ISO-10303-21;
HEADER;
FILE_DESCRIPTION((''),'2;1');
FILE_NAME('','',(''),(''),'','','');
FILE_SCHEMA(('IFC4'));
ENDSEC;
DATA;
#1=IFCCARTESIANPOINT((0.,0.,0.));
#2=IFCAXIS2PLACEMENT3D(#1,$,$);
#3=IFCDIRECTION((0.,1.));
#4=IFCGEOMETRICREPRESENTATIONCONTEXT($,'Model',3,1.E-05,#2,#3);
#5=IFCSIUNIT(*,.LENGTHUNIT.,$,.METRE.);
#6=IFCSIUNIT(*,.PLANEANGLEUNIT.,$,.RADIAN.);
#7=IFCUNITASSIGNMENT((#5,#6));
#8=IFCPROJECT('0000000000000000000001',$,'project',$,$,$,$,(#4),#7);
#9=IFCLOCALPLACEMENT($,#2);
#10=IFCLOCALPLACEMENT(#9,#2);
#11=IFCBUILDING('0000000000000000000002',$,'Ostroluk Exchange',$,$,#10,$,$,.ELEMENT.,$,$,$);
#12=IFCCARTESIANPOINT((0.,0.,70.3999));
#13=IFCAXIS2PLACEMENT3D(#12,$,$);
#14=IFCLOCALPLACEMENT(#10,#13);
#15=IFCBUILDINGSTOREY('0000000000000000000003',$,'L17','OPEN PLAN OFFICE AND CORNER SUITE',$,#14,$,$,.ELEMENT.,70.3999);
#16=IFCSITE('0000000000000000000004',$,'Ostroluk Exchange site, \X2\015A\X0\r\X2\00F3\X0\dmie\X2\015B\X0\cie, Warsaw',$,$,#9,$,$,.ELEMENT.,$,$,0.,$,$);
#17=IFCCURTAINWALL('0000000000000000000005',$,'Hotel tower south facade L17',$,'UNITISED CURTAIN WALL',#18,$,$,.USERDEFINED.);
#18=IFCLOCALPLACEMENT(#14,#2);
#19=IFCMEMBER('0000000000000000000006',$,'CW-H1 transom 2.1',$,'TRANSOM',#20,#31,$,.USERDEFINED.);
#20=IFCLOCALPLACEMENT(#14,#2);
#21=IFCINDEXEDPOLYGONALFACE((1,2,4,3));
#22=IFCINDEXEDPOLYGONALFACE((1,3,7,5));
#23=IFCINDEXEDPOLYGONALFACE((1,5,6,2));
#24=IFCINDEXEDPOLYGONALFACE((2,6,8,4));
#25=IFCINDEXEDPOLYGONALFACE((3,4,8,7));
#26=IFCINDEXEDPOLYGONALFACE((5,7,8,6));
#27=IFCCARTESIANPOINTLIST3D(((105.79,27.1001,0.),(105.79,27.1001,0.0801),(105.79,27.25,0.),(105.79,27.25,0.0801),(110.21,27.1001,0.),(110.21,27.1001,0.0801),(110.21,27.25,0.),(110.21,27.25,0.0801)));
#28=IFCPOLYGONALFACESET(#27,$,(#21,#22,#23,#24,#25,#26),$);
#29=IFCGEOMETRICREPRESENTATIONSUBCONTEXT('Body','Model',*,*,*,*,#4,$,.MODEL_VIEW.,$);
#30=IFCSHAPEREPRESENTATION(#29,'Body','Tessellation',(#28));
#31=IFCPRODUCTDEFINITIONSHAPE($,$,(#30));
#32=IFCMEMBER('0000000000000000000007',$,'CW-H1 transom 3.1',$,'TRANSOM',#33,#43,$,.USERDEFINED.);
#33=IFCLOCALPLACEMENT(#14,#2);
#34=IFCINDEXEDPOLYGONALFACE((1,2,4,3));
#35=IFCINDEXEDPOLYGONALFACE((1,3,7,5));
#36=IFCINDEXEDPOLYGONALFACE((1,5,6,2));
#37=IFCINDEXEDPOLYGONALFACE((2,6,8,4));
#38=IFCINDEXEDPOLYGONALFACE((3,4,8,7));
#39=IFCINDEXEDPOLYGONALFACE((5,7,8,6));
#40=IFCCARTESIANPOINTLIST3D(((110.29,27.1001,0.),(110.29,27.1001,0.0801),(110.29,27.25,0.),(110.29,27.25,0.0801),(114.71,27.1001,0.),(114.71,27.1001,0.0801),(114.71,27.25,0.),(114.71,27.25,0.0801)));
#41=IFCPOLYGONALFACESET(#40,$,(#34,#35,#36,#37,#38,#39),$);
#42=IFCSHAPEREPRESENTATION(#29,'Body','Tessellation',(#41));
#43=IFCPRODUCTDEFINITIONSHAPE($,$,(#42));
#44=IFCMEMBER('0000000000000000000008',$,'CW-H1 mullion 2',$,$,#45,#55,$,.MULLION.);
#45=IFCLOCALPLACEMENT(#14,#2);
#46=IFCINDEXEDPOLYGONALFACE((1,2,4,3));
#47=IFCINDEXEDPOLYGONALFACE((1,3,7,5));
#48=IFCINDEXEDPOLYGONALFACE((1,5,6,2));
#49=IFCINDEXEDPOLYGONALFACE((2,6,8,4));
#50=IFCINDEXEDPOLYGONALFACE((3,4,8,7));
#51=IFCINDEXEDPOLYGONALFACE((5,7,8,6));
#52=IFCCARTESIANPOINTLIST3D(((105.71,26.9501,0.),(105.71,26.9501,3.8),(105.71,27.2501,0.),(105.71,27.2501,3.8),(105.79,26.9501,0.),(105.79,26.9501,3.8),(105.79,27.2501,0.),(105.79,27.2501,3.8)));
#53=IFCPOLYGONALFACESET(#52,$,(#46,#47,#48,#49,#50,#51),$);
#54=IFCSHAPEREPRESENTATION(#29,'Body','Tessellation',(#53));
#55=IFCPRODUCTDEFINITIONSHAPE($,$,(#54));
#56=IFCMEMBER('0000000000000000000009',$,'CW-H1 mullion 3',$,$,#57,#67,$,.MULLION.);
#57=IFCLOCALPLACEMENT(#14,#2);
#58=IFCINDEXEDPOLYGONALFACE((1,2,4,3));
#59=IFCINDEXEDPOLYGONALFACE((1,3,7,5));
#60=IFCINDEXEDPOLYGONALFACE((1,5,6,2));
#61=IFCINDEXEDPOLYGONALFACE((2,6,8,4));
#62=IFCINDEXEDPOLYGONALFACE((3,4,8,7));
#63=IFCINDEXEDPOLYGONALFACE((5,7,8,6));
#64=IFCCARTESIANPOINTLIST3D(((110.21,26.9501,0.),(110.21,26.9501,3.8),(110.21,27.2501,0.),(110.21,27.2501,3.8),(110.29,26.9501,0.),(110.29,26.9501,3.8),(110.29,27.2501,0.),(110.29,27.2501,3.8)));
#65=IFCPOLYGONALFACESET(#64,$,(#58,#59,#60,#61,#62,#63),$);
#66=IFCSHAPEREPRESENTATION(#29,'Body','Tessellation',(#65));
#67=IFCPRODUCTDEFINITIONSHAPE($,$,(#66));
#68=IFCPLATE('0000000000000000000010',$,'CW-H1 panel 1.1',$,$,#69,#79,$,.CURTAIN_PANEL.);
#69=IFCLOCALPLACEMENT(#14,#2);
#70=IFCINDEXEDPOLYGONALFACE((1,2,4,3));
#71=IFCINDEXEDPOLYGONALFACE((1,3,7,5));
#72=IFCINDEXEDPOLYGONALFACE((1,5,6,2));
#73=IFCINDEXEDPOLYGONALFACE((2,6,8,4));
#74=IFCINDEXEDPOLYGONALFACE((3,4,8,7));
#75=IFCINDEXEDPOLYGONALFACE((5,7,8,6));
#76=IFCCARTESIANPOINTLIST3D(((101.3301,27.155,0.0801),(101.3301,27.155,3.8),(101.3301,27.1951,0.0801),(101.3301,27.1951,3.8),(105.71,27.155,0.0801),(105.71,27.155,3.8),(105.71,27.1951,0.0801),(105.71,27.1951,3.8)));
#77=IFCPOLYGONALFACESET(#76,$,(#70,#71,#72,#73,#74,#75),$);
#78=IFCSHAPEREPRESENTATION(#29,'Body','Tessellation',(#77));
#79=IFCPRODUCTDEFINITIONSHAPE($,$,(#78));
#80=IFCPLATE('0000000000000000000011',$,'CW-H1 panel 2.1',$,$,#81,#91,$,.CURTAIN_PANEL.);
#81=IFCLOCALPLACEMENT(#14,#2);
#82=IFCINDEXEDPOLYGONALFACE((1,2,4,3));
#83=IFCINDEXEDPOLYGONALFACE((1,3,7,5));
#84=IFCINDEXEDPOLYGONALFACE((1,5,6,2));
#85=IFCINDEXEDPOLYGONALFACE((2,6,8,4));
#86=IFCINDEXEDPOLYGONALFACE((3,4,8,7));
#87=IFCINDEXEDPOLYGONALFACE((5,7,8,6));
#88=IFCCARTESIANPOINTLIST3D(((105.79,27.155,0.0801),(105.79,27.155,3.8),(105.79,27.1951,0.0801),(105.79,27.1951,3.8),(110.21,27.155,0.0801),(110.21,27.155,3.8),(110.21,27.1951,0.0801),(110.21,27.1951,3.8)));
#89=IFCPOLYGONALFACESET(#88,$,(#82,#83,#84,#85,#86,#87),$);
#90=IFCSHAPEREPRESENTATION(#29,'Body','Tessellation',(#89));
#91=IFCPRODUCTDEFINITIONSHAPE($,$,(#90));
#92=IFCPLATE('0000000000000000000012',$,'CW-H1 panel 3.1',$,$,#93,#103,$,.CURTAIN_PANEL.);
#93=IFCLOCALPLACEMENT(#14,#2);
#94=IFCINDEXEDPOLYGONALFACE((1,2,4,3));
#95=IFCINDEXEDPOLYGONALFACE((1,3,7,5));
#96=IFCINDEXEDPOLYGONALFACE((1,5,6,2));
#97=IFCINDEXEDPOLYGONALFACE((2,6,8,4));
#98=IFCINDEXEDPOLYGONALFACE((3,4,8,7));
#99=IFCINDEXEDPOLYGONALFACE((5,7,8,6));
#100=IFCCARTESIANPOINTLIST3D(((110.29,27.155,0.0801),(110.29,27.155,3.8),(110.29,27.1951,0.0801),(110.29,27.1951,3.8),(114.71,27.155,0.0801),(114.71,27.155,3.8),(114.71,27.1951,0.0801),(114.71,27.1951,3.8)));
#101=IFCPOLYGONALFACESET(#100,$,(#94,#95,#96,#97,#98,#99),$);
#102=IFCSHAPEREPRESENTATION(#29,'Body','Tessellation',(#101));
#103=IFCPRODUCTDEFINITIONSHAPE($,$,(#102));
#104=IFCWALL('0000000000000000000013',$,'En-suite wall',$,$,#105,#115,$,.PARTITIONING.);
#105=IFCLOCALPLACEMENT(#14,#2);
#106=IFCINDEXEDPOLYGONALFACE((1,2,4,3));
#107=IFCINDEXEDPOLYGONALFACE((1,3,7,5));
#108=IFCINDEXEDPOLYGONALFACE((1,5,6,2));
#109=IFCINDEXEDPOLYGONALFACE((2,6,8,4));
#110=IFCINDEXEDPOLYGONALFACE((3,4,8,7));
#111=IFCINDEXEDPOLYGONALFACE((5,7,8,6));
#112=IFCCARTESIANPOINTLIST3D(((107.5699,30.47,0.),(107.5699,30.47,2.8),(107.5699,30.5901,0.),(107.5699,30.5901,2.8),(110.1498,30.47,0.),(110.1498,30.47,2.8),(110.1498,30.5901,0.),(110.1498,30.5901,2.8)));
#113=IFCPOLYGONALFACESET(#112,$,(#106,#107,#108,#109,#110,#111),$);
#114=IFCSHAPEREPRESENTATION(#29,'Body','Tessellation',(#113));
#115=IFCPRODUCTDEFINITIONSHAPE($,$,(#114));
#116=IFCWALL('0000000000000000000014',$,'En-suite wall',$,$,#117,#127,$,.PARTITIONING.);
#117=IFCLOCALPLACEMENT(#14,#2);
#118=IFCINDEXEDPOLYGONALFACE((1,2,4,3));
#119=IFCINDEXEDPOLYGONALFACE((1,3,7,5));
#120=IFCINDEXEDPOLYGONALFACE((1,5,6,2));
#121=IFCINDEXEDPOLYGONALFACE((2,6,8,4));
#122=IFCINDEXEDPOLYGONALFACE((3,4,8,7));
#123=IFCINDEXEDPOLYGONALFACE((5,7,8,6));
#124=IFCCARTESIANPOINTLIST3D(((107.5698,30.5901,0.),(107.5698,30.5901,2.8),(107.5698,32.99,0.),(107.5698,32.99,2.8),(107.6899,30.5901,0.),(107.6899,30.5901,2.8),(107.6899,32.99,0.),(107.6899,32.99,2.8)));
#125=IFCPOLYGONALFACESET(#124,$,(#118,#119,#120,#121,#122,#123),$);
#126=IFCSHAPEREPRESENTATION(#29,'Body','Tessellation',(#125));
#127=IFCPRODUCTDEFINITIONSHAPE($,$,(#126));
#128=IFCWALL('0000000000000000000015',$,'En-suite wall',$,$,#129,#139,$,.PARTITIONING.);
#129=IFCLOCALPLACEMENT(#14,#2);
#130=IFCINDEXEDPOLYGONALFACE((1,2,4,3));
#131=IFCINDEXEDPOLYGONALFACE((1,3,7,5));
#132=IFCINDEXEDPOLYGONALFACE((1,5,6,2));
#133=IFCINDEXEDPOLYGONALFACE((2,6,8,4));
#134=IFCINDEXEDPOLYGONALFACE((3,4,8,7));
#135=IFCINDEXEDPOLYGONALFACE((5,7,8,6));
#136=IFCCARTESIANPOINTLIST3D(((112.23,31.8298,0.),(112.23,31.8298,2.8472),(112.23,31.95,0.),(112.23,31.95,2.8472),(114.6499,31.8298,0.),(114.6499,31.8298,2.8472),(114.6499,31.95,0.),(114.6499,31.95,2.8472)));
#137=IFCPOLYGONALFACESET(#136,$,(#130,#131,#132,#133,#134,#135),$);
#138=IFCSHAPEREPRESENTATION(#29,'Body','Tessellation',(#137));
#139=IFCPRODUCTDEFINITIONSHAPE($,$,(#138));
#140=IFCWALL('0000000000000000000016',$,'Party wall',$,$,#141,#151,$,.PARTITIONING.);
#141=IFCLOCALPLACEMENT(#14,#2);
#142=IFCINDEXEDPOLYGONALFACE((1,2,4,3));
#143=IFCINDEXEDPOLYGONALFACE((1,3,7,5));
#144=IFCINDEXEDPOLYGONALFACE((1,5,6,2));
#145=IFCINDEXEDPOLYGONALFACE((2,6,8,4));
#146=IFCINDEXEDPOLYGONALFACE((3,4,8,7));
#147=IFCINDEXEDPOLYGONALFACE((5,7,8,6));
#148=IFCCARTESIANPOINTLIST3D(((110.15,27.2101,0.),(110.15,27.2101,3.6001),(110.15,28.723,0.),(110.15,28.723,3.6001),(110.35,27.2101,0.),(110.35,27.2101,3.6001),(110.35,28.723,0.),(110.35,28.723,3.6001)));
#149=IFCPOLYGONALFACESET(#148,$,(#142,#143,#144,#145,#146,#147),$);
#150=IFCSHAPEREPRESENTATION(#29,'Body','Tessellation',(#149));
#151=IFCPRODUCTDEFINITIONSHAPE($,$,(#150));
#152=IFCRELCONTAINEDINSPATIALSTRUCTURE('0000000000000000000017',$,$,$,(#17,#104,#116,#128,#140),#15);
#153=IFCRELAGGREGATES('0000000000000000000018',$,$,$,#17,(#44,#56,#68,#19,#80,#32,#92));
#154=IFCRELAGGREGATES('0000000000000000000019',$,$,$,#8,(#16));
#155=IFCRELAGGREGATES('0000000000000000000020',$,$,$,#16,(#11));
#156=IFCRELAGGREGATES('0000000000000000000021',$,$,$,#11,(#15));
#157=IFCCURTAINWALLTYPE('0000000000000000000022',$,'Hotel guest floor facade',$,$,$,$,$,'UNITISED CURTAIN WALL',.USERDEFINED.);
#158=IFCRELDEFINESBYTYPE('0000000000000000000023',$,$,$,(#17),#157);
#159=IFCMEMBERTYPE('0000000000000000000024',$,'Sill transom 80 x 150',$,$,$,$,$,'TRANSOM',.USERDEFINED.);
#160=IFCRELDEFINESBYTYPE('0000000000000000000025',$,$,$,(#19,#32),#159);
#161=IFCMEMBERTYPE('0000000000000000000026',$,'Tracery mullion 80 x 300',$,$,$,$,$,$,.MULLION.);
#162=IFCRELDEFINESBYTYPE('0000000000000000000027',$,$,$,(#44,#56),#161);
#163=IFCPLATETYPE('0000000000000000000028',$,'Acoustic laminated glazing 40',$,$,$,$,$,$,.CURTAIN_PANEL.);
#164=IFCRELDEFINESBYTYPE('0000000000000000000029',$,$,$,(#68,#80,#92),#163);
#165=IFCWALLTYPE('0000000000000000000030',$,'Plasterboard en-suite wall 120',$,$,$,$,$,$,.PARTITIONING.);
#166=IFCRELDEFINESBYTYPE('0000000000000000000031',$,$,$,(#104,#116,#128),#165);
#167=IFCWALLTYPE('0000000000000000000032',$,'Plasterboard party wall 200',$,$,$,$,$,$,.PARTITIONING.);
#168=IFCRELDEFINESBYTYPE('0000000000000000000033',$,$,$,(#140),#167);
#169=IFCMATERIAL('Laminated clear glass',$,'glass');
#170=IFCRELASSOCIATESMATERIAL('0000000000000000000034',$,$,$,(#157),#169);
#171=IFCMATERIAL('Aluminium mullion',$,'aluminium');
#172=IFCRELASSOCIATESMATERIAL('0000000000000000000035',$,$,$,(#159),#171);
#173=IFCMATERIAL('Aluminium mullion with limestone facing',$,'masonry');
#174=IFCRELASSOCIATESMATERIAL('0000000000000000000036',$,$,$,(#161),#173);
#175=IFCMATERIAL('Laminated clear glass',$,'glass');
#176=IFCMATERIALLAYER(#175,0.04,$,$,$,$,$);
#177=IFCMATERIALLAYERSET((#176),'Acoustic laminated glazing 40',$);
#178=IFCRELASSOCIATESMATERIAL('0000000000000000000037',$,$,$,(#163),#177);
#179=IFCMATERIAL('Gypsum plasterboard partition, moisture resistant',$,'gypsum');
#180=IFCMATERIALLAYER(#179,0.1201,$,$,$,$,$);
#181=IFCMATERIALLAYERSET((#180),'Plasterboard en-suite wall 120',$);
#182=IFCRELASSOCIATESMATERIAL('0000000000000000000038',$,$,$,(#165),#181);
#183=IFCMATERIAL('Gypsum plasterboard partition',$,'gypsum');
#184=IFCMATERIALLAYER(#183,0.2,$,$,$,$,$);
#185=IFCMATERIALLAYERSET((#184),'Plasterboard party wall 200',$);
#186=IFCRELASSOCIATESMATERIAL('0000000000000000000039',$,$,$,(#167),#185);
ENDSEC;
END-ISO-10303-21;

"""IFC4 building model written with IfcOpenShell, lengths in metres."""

from ifc_helpers import new_model, si_unit, direction, frame, frame_2d, origin, origin_2d, place, context, subcontext, project, spatial, rectangle, extrude, material, layer, layer_set, material_profile, profile_set, type_object, element, aggregate, save


model = new_model("IFC4")

# Units and contexts
model_context = context("Model", 3, precision=1e-05, world=origin(), true_north=direction((0.0, 1.0)))
body_context = subcontext(model_context, "Body", "Model", "MODEL_VIEW")
ifc_project = project(units=[si_unit("LENGTHUNIT", "METRE"), si_unit("PLANEANGLEUNIT", "RADIAN")], contexts=[model_context])

# Site, building, storey
site_placement = place(None, origin())
site = spatial("IfcSite", under=ifc_project, at=site_placement, Name="Ostroluk Exchange site, Śródmieście, Warsaw", CompositionType="ELEMENT", RefElevation=0.0)
building_placement = place(site_placement, origin())
building = spatial("IfcBuilding", under=site, at=building_placement, Name="Ostroluk Exchange", CompositionType="ELEMENT")
storey_placement = place(building_placement, frame((0.0, 0.0, 70.3999)))
storey = spatial("IfcBuildingStorey", under=building, at=storey_placement, Name="L17", Description="OPEN PLAN OFFICE AND CORNER SUITE", CompositionType="ELEMENT", Elevation=70.3999)

# Curtain wall, members, plates
ifc_material_1 = material(Name="Laminated clear glass", Category="glass")
curtain_wall_type = type_object("IfcCurtainWallType", Name="Hotel guest floor facade", ElementType="UNITISED CURTAIN WALL", PredefinedType="USERDEFINED", material=ifc_material_1)
curtain_wall_placement = place(storey_placement, origin())
curtain_wall = element("IfcCurtainWall", 1, at=curtain_wall_placement, inside=storey, type_object=curtain_wall_type, Name="Hotel tower south facade L17", ObjectType="UNITISED CURTAIN WALL", PredefinedType="USERDEFINED")
ifc_material_2 = material(Name="Aluminium mullion", Category="aluminium")
ifc_material_profile_1 = material_profile(ifc_material_2, rectangle(XDim=0.1499, YDim=0.0801, at=origin_2d()), Name="Sill transom 80 x 150")
ifc_profile_set_1 = profile_set([ifc_material_profile_1], Name="Aluminium mullion")
member_type_1 = type_object("IfcMemberType", Name="Sill transom 80 x 150", ElementType="TRANSOM", PredefinedType="USERDEFINED", material=ifc_profile_set_1)
member_1_placement = place(storey_placement, frame((105.79, 27.175, 0.04), z_axis=(1.0, 0.0, 0.0), x_axis=(0.0, 1.0, 0.0)))
member_1 = element("IfcMember", 2, at=member_1_placement, type_object=member_type_1, Name="CW-H1 transom 2.1", ObjectType="TRANSOM", PredefinedType="USERDEFINED", context=body_context, shape_type="SweptSolid", body=[
    extrude(rectangle(XDim=0.1499, YDim=0.0801, at=origin_2d()), origin(), (0.0, 0.0, 1.0), 4.4199),
])
member_2_placement = place(storey_placement, frame((110.29, 27.175, 0.04), z_axis=(1.0, 0.0, 0.0), x_axis=(0.0, 1.0, 0.0)))
member_2 = element("IfcMember", 3, at=member_2_placement, type_object=member_type_1, Name="CW-H1 transom 3.1", ObjectType="TRANSOM", PredefinedType="USERDEFINED", context=body_context, shape_type="SweptSolid", body=[
    extrude(rectangle(XDim=0.1499, YDim=0.0801, at=origin_2d()), origin(), (0.0, 0.0, 1.0), 4.4199),
])
ifc_material_3 = material(Name="Aluminium mullion with limestone facing", Category="masonry")
ifc_material_profile_2 = material_profile(ifc_material_3, rectangle(XDim=0.3, YDim=0.0801, at=origin_2d()), Name="Tracery mullion 80 x 300")
ifc_profile_set_2 = profile_set([ifc_material_profile_2], Name="Aluminium mullion with limestone facing")
member_type_2 = type_object("IfcMemberType", Name="Tracery mullion 80 x 300", PredefinedType="MULLION", material=ifc_profile_set_2)
member_3_placement = place(storey_placement, frame((105.75, 27.1001, 0.0), z_axis=(0.0, 0.0, 1.0), x_axis=(0.0, 1.0, 0.0)))
member_3 = element("IfcMember", 4, at=member_3_placement, type_object=member_type_2, Name="CW-H1 mullion 2", PredefinedType="MULLION", context=body_context, shape_type="SweptSolid", body=[
    extrude(rectangle(XDim=0.3, YDim=0.0801, at=origin_2d()), origin(), (0.0, 0.0, 1.0), 3.8),
])
member_4_placement = place(storey_placement, frame((110.25, 27.1001, 0.0), z_axis=(0.0, 0.0, 1.0), x_axis=(0.0, 1.0, 0.0)))
member_4 = element("IfcMember", 5, at=member_4_placement, type_object=member_type_2, Name="CW-H1 mullion 3", PredefinedType="MULLION", context=body_context, shape_type="SweptSolid", body=[
    extrude(rectangle(XDim=0.3, YDim=0.0801, at=origin_2d()), origin(), (0.0, 0.0, 1.0), 3.8),
])
ifc_material_4 = material(Name="Laminated clear glass", Category="glass")
ifc_layer_1 = layer(ifc_material_4, 0.04)
ifc_layer_set_1 = layer_set([ifc_layer_1], Name="Acoustic laminated glazing 40")
plate_type = type_object("IfcPlateType", Name="Acoustic laminated glazing 40", PredefinedType="CURTAIN_PANEL", material=ifc_layer_set_1)
plate_1_placement = place(storey_placement, frame((103.52, 27.175, 0.0801), z_axis=(0.0, 0.0, 1.0), x_axis=(1.0, 0.0, 0.0)))
plate_1 = element("IfcPlate", 6, at=plate_1_placement, type_object=plate_type, Name="CW-H1 panel 1.1", PredefinedType="CURTAIN_PANEL", context=body_context, shape_type="SweptSolid", body=[
    extrude(rectangle(XDim=4.3799, YDim=0.04, at=origin_2d()), origin(), (0.0, 0.0, 1.0), 3.72),
])
plate_2_placement = place(storey_placement, frame((108.0, 27.175, 0.0801), z_axis=(0.0, 0.0, 1.0), x_axis=(1.0, 0.0, 0.0)))
plate_2 = element("IfcPlate", 7, at=plate_2_placement, type_object=plate_type, Name="CW-H1 panel 2.1", PredefinedType="CURTAIN_PANEL", context=body_context, shape_type="SweptSolid", body=[
    extrude(rectangle(XDim=4.4199, YDim=0.04, at=origin_2d()), origin(), (0.0, 0.0, 1.0), 3.72),
])
plate_3_placement = place(storey_placement, frame((112.5, 27.175, 0.0801), z_axis=(0.0, 0.0, 1.0), x_axis=(1.0, 0.0, 0.0)))
plate_3 = element("IfcPlate", 8, at=plate_3_placement, type_object=plate_type, Name="CW-H1 panel 3.1", PredefinedType="CURTAIN_PANEL", context=body_context, shape_type="SweptSolid", body=[
    extrude(rectangle(XDim=4.4199, YDim=0.04, at=origin_2d()), origin(), (0.0, 0.0, 1.0), 3.72),
])
aggregate(curtain_wall, [member_3, member_4, plate_1, member_1, plate_2, member_2, plate_3])

# Walls
ifc_material_5 = material(Name="Gypsum plasterboard partition, moisture resistant", Category="gypsum")
ifc_layer_2 = layer(ifc_material_5, 0.1201)
ifc_layer_set_2 = layer_set([ifc_layer_2], Name="Plasterboard en-suite wall 120")
wall_type_1 = type_object("IfcWallType", Name="Plasterboard en-suite wall 120", PredefinedType="PARTITIONING", material=ifc_layer_set_2)
wall_1_placement = place(storey_placement, frame((110.1499, 30.53, 0.0), z_axis=(0.0, 0.0, 1.0), x_axis=(-1.0, 0.0, 0.0)))
element("IfcWall", 9, at=wall_1_placement, inside=storey, type_object=wall_type_1, Name="En-suite wall", PredefinedType="PARTITIONING", context=body_context, shape_type="SweptSolid", body=[
    extrude(rectangle(XDim=2.5798, YDim=0.1201, at=frame_2d((1.29, 0.0))), origin(), (0.0, 0.0, 1.0), 2.8),
])
wall_2_placement = place(storey_placement, frame((107.6299, 32.99, 0.0), z_axis=(0.0, 0.0, 1.0), x_axis=(0.0, -1.0, 0.0)))
element("IfcWall", 10, at=wall_2_placement, inside=storey, type_object=wall_type_1, Name="En-suite wall", PredefinedType="PARTITIONING", context=body_context, shape_type="SweptSolid", body=[
    extrude(rectangle(XDim=2.3999, YDim=0.1201, at=frame_2d((1.2, 0.0))), origin(), (0.0, 0.0, 1.0), 2.8),
])
wall_3_placement = place(storey_placement, frame((112.23, 31.8899, 0.0), z_axis=(0.0, 0.0, 1.0), x_axis=(1.0, 0.0, 0.0)))
element("IfcWall", 11, at=wall_3_placement, inside=storey, type_object=wall_type_1, Name="En-suite wall", PredefinedType="PARTITIONING", context=body_context, shape_type="SweptSolid", body=[
    extrude(rectangle(XDim=2.4199, YDim=0.1201, at=frame_2d((1.21, 0.0))), origin(), (0.0, 0.0, 1.0), 2.8472),
])
ifc_material_6 = material(Name="Gypsum plasterboard partition", Category="gypsum")
ifc_layer_3 = layer(ifc_material_6, 0.2)
ifc_layer_set_3 = layer_set([ifc_layer_3], Name="Plasterboard party wall 200")
wall_type_2 = type_object("IfcWallType", Name="Plasterboard party wall 200", PredefinedType="PARTITIONING", material=ifc_layer_set_3)
wall_4_placement = place(storey_placement, frame((110.25, 28.7229, 0.0), z_axis=(0.0, 0.0, 1.0), x_axis=(0.0, -1.0, 0.0)))
element("IfcWall", 12, at=wall_4_placement, inside=storey, type_object=wall_type_2, Name="Party wall", PredefinedType="PARTITIONING", context=body_context, shape_type="SweptSolid", body=[
    extrude(rectangle(XDim=1.5129, YDim=0.2, at=frame_2d((0.7563, 0.0))), origin(), (0.0, 0.0, 1.0), 3.6001),
])

save(model, "model.ifc")
